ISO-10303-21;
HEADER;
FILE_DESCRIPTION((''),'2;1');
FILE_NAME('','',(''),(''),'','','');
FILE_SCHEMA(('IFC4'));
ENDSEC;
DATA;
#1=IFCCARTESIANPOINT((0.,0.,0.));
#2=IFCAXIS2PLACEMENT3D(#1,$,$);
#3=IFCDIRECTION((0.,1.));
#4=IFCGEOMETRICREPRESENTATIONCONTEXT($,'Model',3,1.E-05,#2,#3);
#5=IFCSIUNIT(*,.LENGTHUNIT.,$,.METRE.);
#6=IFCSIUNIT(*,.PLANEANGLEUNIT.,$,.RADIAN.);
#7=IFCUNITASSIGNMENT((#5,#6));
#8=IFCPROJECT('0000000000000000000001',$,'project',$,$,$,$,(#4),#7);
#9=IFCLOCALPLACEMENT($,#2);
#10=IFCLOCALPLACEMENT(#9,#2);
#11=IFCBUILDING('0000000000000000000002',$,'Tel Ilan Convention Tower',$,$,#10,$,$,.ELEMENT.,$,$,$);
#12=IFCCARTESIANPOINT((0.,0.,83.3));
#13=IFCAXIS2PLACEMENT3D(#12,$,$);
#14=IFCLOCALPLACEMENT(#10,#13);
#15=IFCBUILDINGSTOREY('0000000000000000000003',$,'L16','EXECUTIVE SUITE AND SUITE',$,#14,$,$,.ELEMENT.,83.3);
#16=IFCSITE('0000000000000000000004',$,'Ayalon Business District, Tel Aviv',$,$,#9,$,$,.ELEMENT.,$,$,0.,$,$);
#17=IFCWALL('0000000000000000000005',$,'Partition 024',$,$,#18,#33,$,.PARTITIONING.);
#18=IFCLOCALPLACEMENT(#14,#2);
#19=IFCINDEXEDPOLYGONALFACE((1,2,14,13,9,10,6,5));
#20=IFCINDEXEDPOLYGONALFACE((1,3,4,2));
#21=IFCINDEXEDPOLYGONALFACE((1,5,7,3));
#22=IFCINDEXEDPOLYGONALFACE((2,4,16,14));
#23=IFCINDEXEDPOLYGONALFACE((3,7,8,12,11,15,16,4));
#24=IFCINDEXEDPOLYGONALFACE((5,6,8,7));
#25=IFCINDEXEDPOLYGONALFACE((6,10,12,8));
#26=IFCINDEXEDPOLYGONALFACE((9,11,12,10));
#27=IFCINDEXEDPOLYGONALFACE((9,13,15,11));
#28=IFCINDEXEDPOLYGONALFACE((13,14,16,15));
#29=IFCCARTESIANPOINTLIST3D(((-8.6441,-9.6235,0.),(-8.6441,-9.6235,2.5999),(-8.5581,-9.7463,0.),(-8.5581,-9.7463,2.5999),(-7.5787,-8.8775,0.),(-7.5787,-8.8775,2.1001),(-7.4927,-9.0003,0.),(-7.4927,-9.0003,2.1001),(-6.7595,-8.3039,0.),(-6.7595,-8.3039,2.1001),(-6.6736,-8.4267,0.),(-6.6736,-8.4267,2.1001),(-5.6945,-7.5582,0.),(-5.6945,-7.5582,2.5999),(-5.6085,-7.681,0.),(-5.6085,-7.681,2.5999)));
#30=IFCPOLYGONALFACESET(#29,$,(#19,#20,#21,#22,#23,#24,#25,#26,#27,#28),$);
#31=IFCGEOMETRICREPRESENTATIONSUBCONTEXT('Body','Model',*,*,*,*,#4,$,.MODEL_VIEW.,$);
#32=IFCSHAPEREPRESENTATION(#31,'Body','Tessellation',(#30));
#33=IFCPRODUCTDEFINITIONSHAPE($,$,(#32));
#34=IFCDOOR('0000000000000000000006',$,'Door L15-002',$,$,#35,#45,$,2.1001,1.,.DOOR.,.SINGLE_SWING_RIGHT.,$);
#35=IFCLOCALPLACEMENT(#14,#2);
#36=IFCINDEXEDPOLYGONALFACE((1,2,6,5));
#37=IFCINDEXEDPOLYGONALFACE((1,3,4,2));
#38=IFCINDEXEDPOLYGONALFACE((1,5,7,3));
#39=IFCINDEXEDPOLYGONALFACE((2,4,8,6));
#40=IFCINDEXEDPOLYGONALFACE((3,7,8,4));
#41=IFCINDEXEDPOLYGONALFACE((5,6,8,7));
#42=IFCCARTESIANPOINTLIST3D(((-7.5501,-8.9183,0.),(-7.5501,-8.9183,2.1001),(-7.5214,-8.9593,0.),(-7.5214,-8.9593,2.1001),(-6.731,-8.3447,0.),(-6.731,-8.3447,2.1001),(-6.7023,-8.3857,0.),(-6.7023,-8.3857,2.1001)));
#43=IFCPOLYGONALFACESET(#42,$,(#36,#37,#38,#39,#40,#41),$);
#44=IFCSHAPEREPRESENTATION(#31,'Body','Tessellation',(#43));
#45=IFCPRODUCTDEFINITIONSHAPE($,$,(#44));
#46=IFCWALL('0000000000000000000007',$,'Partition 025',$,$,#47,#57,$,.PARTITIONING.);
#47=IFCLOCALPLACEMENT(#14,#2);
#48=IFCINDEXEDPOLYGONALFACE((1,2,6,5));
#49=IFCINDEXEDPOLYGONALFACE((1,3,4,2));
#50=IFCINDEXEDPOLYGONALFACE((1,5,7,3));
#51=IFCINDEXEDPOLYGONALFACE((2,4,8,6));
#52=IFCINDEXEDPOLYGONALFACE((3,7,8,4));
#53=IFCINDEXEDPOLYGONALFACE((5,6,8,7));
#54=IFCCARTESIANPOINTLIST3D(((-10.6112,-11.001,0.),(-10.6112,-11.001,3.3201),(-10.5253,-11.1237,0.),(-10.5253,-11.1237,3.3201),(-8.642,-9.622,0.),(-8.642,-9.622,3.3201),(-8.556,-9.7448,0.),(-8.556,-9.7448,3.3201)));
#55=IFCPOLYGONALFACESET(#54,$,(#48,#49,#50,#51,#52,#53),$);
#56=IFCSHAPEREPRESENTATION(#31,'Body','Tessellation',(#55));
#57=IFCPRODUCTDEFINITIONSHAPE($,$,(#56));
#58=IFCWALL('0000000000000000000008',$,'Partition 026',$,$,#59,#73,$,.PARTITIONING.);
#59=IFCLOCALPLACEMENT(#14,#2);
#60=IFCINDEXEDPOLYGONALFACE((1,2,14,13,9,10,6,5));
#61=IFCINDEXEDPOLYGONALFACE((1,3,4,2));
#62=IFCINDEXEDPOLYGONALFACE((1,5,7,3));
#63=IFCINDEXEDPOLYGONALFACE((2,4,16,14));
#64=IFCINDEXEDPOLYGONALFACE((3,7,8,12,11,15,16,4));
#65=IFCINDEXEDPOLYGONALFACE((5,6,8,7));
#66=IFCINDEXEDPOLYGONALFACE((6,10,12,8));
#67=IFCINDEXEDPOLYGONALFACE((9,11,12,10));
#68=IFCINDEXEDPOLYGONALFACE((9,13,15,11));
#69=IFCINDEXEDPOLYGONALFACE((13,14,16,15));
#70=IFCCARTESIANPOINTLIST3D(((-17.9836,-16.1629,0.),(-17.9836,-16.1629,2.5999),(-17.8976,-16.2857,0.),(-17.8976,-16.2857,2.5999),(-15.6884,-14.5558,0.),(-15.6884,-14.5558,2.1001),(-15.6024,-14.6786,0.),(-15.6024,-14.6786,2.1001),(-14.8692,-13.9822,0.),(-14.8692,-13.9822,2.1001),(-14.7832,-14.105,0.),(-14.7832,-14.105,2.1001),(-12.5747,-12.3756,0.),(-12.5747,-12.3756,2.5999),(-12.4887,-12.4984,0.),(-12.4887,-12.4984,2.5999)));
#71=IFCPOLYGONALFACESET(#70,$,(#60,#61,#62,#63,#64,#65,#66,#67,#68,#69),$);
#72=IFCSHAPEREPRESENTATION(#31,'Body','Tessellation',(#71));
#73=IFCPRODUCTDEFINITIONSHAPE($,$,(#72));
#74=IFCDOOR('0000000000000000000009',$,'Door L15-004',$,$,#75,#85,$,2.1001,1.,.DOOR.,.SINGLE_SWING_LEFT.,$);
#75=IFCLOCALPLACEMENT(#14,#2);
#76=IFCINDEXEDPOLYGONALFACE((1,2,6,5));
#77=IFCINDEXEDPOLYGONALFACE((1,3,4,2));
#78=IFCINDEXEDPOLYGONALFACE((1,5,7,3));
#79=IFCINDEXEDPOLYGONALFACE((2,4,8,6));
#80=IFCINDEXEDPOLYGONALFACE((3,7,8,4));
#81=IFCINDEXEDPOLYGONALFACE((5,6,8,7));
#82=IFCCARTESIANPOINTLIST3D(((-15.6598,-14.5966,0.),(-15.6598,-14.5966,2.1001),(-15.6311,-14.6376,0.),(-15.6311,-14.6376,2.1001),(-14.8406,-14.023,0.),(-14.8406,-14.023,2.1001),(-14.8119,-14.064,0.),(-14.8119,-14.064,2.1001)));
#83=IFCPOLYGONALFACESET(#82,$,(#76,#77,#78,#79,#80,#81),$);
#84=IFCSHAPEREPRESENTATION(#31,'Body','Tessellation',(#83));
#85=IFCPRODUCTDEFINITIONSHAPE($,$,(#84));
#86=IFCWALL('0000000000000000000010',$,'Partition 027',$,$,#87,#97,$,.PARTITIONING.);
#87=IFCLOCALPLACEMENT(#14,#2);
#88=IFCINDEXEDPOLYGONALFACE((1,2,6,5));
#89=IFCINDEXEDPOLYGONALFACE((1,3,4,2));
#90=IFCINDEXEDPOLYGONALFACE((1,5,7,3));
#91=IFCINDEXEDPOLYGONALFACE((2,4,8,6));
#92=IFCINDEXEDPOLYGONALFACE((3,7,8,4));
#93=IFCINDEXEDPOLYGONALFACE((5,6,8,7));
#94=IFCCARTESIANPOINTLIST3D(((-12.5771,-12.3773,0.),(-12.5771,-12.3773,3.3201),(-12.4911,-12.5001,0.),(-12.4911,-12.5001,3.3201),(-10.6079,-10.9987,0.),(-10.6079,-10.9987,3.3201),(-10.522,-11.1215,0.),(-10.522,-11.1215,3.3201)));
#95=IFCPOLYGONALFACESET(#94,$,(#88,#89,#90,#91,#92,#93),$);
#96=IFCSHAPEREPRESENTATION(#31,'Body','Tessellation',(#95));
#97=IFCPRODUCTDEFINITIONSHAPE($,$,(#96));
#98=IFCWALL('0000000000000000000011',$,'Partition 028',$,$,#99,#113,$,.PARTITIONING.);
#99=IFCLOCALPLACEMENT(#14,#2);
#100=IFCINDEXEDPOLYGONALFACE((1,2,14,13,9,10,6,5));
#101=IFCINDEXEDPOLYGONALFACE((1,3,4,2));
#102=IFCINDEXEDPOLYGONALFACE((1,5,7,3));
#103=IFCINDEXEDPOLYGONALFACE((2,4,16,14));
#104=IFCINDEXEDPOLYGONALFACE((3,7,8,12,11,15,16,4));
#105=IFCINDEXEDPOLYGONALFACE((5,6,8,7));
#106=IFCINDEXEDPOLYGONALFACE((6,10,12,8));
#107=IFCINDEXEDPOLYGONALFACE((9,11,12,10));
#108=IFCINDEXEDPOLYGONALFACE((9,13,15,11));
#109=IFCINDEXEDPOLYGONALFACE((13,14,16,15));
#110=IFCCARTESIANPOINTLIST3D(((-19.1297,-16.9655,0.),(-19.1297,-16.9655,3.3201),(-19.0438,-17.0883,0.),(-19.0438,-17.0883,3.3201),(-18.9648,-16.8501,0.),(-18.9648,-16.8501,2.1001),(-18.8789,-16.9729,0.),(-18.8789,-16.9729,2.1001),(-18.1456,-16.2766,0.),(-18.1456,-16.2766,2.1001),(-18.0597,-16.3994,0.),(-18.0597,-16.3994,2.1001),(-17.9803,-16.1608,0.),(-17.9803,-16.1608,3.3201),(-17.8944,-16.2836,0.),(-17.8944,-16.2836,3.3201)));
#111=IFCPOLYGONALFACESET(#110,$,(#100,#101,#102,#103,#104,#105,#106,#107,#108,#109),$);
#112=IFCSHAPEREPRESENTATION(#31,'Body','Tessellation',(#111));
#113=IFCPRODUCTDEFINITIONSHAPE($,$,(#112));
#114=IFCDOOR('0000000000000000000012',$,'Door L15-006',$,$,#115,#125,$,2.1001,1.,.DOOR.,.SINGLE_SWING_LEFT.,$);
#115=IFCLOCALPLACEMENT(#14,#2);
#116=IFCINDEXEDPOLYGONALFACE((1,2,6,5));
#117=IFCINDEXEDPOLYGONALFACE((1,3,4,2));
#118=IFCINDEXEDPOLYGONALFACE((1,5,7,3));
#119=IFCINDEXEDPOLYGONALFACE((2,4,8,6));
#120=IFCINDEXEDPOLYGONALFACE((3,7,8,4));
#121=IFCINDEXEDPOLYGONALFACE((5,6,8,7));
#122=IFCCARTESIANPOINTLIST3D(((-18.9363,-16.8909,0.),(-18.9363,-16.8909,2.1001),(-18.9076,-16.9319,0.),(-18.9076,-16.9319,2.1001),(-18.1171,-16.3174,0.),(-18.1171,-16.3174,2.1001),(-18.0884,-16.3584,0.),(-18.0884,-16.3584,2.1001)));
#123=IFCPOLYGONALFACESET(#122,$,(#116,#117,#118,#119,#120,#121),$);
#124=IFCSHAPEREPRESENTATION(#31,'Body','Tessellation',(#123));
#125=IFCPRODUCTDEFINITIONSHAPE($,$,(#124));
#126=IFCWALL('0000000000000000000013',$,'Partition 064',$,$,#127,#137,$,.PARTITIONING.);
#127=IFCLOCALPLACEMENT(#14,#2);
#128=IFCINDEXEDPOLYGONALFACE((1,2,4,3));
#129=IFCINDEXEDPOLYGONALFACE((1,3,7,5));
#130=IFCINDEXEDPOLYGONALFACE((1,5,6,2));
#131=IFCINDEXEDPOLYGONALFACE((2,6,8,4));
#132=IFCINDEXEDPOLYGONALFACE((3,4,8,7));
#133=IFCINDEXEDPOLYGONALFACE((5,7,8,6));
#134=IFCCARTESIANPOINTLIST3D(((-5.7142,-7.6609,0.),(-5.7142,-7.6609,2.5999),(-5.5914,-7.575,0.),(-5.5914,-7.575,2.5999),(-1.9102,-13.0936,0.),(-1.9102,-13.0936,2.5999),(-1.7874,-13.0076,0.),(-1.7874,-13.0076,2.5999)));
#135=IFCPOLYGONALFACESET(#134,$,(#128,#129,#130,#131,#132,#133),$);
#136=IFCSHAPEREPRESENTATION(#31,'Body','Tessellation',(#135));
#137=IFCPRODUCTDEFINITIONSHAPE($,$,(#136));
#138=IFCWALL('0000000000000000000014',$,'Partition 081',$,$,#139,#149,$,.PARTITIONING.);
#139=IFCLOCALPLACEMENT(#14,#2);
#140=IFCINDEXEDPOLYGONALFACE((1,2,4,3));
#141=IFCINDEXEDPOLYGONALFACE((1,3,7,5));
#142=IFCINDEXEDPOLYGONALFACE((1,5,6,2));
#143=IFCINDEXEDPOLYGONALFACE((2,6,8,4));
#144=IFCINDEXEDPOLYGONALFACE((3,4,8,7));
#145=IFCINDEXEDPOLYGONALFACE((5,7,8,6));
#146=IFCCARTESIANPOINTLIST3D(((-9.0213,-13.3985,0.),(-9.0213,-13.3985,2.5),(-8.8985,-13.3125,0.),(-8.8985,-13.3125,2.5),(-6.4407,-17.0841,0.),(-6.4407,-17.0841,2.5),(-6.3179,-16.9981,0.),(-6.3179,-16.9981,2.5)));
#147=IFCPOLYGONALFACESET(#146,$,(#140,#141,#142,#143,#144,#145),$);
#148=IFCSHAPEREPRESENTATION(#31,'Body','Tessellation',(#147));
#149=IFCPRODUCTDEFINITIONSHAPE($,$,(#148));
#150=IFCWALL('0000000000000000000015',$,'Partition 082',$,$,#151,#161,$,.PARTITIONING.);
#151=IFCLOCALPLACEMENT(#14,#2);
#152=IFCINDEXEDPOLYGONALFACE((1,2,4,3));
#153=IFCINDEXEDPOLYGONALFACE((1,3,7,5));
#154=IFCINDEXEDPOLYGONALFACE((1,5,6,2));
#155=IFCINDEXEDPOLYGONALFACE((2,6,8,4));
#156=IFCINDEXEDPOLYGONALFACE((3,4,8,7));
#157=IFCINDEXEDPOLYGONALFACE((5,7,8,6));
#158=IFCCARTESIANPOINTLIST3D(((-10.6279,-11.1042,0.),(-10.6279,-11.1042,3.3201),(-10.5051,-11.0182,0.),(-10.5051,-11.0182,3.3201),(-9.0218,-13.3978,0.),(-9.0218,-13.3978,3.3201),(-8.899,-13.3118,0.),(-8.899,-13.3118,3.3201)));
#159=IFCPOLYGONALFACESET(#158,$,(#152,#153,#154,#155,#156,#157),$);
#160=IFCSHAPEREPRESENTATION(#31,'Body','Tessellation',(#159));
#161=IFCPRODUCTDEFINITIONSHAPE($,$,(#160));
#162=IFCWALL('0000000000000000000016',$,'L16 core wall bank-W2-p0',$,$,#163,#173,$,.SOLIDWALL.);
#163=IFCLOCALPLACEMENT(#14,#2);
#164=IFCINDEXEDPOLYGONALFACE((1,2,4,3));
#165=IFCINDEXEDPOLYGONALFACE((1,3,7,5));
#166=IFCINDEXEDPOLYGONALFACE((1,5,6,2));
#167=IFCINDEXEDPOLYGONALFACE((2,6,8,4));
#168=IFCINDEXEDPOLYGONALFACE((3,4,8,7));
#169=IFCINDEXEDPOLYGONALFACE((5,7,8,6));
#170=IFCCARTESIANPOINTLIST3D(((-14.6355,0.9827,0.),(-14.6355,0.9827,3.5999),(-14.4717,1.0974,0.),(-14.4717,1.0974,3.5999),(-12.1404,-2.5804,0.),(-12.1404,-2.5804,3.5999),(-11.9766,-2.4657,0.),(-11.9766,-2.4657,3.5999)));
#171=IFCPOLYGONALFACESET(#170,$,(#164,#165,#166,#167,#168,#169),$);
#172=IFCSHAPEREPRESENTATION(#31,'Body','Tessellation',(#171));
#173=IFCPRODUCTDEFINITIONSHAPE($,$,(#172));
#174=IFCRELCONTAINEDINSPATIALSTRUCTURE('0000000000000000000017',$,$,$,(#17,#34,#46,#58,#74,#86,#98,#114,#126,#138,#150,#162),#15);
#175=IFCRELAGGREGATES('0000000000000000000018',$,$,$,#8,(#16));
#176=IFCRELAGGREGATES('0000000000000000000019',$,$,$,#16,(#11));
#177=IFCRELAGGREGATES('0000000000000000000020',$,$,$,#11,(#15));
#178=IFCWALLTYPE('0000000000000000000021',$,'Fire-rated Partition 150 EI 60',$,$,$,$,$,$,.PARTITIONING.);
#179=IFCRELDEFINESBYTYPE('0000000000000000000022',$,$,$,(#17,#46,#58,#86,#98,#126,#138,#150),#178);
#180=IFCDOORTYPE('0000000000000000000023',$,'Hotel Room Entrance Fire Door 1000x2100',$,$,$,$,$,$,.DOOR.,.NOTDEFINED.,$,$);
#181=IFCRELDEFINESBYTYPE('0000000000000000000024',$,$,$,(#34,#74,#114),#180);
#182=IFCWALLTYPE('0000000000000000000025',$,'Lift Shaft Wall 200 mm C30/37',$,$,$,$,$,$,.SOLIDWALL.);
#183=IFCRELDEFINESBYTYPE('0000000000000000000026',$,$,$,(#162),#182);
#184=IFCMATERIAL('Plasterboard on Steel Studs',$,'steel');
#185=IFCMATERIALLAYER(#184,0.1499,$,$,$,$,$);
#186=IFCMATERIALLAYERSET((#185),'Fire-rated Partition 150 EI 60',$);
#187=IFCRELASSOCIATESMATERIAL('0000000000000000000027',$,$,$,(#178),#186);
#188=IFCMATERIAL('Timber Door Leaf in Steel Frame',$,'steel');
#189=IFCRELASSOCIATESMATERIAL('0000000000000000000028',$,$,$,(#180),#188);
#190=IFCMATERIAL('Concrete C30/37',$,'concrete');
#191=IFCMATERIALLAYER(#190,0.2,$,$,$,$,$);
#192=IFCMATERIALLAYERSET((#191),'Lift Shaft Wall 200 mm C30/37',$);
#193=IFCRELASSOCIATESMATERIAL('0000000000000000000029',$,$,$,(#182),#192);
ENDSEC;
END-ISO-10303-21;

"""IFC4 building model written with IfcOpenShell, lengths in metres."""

from ifc_helpers import new_model, si_unit, direction, frame, frame_2d, origin, place, context, subcontext, project, spatial, rectangle, extrude, material, layer, layer_set, type_object, element, fill, save


model = new_model("IFC4")

# Units and contexts
model_context = context("Model", 3, precision=1e-05, world=origin(), true_north=direction((0.0, 1.0)))
body_context = subcontext(model_context, "Body", "Model", "MODEL_VIEW")
ifc_project = project(units=[si_unit("LENGTHUNIT", "METRE"), si_unit("PLANEANGLEUNIT", "RADIAN")], contexts=[model_context])

# Site, building, storey
site_placement = place(None, origin())
site = spatial("IfcSite", under=ifc_project, at=site_placement, Name="Ayalon Business District, Tel Aviv", CompositionType="ELEMENT", RefElevation=0.0)
building_placement = place(site_placement, origin())
building = spatial("IfcBuilding", under=site, at=building_placement, Name="Tel Ilan Convention Tower", CompositionType="ELEMENT")
storey_placement = place(building_placement, frame((0.0, 0.0, 83.3)))
storey = spatial("IfcBuildingStorey", under=building, at=storey_placement, Name="L16", Description="EXECUTIVE SUITE AND SUITE", CompositionType="ELEMENT", Elevation=83.3)

# Wall, opening, door
ifc_material_1 = material(Name="Plasterboard on Steel Studs", Category="steel")
ifc_layer_1 = layer(ifc_material_1, 0.1499)
ifc_layer_set_1 = layer_set([ifc_layer_1], Name="Fire-rated Partition 150 EI 60")
wall_type_1 = type_object("IfcWallType", Name="Fire-rated Partition 150 EI 60", PredefinedType="PARTITIONING", material=ifc_layer_set_1)
wall_1_placement = place(storey_placement, frame((-5.6516, -7.6196, 0.0), z_axis=(0.0, 0.0, 1.0), x_axis=(-0.819149, -0.573581, 0.0)))
wall_1 = element("IfcWall", 1, at=wall_1_placement, inside=storey, type_object=wall_type_1, Name="Partition 024", PredefinedType="PARTITIONING", context=body_context, shape_type="SweptSolid", body=[
    extrude(rectangle(XDim=3.6008, YDim=0.1499, at=frame_2d((1.8003, 0.0))), origin(), (0.0, 0.0, 1.0), 2.5999),
])
opening_1_placement = place(wall_1_placement, frame((1.3, 0.0, 0.0)))
opening_1 = element("IfcOpeningElement", 2, at=opening_1_placement, cuts=wall_1, PredefinedType="OPENING", context=body_context, shape_type="SweptSolid", body=[
    extrude(rectangle(XDim=1.0, YDim=2.1001, at=frame_2d((0.5, 1.05))), frame((0.0, 0.085, 0.0), z_axis=(0.0, -1.0, 0.0), x_axis=(1.0, 0.0, 0.0)), (0.0, 0.0, 1.0), 0.1699),
])
ifc_material_2 = material(Name="Timber Door Leaf in Steel Frame", Category="steel")
door_type_1 = type_object("IfcDoorType", Name="Hotel Room Entrance Fire Door 1000x2100", OperationType="NOTDEFINED", PredefinedType="DOOR", material=ifc_material_2)
door_1_placement = place(opening_1_placement, origin())
door_1 = element("IfcDoor", 3, at=door_1_placement, inside=storey, type_object=door_type_1, Name="Door L15-002", OperationType="SINGLE_SWING_RIGHT", OverallHeight=2.1001, OverallWidth=1.0, PredefinedType="DOOR", context=body_context, shape_type="SweptSolid", body=[
    extrude(rectangle(XDim=1.0, YDim=2.1001, at=frame_2d((0.5, 1.05))), frame((0.0, 0.0249, 0.0), z_axis=(0.0, -1.0, 0.0), x_axis=(1.0, 0.0, 0.0)), (0.0, 0.0, 1.0), 0.05),
])
fill(opening_1, door_1)

# Wall
wall_2_placement = place(storey_placement, frame((-8.5989, -9.6833, 0.0), z_axis=(0.0, 0.0, 1.0), x_axis=(-0.819146, -0.573585, 0.0)))
element("IfcWall", 4, at=wall_2_placement, inside=storey, type_object=wall_type_1, Name="Partition 025", PredefinedType="PARTITIONING", context=body_context, shape_type="SweptSolid", body=[
    extrude(rectangle(XDim=2.4041, YDim=0.1499, at=frame_2d((1.2021, 0.0))), origin(), (0.0, 0.0, 1.0), 3.3201),
])

# Wall, opening, door
wall_3_placement = place(storey_placement, frame((-12.5317, -12.437, 0.0), z_axis=(0.0, 0.0, 1.0), x_axis=(-0.819154, -0.573574, 0.0)))
wall_3 = element("IfcWall", 5, at=wall_3_placement, inside=storey, type_object=wall_type_1, Name="Partition 026", PredefinedType="PARTITIONING", context=body_context, shape_type="SweptSolid", body=[
    extrude(rectangle(XDim=6.603, YDim=0.1499, at=frame_2d((3.3015, 0.0))), origin(), (0.0, 0.0, 1.0), 2.5999),
])
opening_2_placement = place(wall_3_placement, frame((2.801, 0.0, 0.0)))
opening_2 = element("IfcOpeningElement", 6, at=opening_2_placement, cuts=wall_3, PredefinedType="OPENING", context=body_context, shape_type="SweptSolid", body=[
    extrude(rectangle(XDim=1.0, YDim=2.1001, at=frame_2d((0.5, 1.05))), frame((0.0, 0.085, 0.0), z_axis=(0.0, -1.0, 0.0), x_axis=(1.0, 0.0, 0.0)), (0.0, 0.0, 1.0), 0.1699),
])
door_2_placement = place(opening_2_placement, origin())
door_2 = element("IfcDoor", 7, at=door_2_placement, inside=storey, type_object=door_type_1, Name="Door L15-004", OperationType="SINGLE_SWING_LEFT", OverallHeight=2.1001, OverallWidth=1.0, PredefinedType="DOOR", context=body_context, shape_type="SweptSolid", body=[
    extrude(rectangle(XDim=1.0, YDim=2.1001, at=frame_2d((0.5, 1.05))), frame((0.0, 0.0249, 0.0), z_axis=(0.0, -1.0, 0.0), x_axis=(1.0, 0.0, 0.0)), (0.0, 0.0, 1.0), 0.05),
])
fill(opening_2, door_2)

# Wall
wall_4_placement = place(storey_placement, frame((-10.5649, -11.0601, 0.0), z_axis=(0.0, 0.0, 1.0), x_axis=(-0.819194, -0.573517, 0.0)))
element("IfcWall", 8, at=wall_4_placement, inside=storey, type_object=wall_type_1, Name="Partition 027", PredefinedType="PARTITIONING", context=body_context, shape_type="SweptSolid", body=[
    extrude(rectangle(XDim=2.4038, YDim=0.1499, at=frame_2d((1.2019, 0.0))), origin(), (0.0, 0.0, 1.0), 3.3201),
])

# Wall, opening, door
wall_5_placement = place(storey_placement, frame((-17.9373, -16.2222, 0.0), z_axis=(0.0, 0.0, 1.0), x_axis=(-0.819199, -0.573509, 0.0)))
wall_5 = element("IfcWall", 9, at=wall_5_placement, inside=storey, type_object=wall_type_1, Name="Partition 028", PredefinedType="PARTITIONING", context=body_context, shape_type="SweptSolid", body=[
    extrude(rectangle(XDim=1.4031, YDim=0.1499, at=frame_2d((0.7017, 0.0))), origin(), (0.0, 0.0, 1.0), 3.3201),
])
opening_3_placement = place(wall_5_placement, frame((0.2019, 0.0, 0.0)))
opening_3 = element("IfcOpeningElement", 10, at=opening_3_placement, cuts=wall_5, PredefinedType="OPENING", context=body_context, shape_type="SweptSolid", body=[
    extrude(rectangle(XDim=1.0, YDim=2.1001, at=frame_2d((0.5, 1.05))), frame((0.0, 0.085, 0.0), z_axis=(0.0, -1.0, 0.0), x_axis=(1.0, 0.0, 0.0)), (0.0, 0.0, 1.0), 0.1699),
])
door_3_placement = place(opening_3_placement, origin())
door_3 = element("IfcDoor", 11, at=door_3_placement, inside=storey, type_object=door_type_1, Name="Door L15-006", OperationType="SINGLE_SWING_LEFT", OverallHeight=2.1001, OverallWidth=1.0, PredefinedType="DOOR", context=body_context, shape_type="SweptSolid", body=[
    extrude(rectangle(XDim=1.0, YDim=2.1001, at=frame_2d((0.5, 1.05))), frame((0.0, 0.0249, 0.0), z_axis=(0.0, -1.0, 0.0), x_axis=(1.0, 0.0, 0.0)), (0.0, 0.0, 1.0), 0.05),
])
fill(opening_3, door_3)

# Walls
wall_6_placement = place(storey_placement, frame((-1.8489, -13.0505, 0.0), z_axis=(0.0, 0.0, 1.0), x_axis=(-0.573576, 0.819152, 0.0)))
element("IfcWall", 12, at=wall_6_placement, inside=storey, type_object=wall_type_1, Name="Partition 064", PredefinedType="PARTITIONING", context=body_context, shape_type="SweptSolid", body=[
    extrude(rectangle(XDim=6.6321, YDim=0.1499, at=frame_2d((3.3159, 0.0))), origin(), (0.0, 0.0, 1.0), 2.5999),
])
wall_7_placement = place(storey_placement, frame((-6.3794, -17.041, 0.0), z_axis=(0.0, 0.0, 1.0), x_axis=(-0.573564, 0.819161, 0.0)))
element("IfcWall", 13, at=wall_7_placement, inside=storey, type_object=wall_type_1, Name="Partition 081", PredefinedType="PARTITIONING", context=body_context, shape_type="SweptSolid", body=[
    extrude(rectangle(XDim=4.4993, YDim=0.1499, at=frame_2d((2.2495, 0.0))), origin(), (0.0, 0.0, 1.0), 2.5),
])
wall_8_placement = place(storey_placement, frame((-8.9604, -13.3547, 0.0), z_axis=(0.0, 0.0, 1.0), x_axis=(-0.573609, 0.81913, 0.0)))
element("IfcWall", 14, at=wall_8_placement, inside=storey, type_object=wall_type_1, Name="Partition 082", PredefinedType="PARTITIONING", context=body_context, shape_type="SweptSolid", body=[
    extrude(rectangle(XDim=2.8, YDim=0.1499, at=frame_2d((1.3999, 0.0))), origin(), (0.0, 0.0, 1.0), 3.3201),
])
ifc_material_3 = material(Name="Concrete C30/37", Category="concrete")
ifc_layer_2 = layer(ifc_material_3, 0.2)
ifc_layer_set_2 = layer_set([ifc_layer_2], Name="Lift Shaft Wall 200 mm C30/37")
wall_type_2 = type_object("IfcWallType", Name="Lift Shaft Wall 200 mm C30/37", PredefinedType="SOLIDWALL", material=ifc_layer_set_2)
wall_9_placement = place(storey_placement, frame((-12.0586, -2.5229, 0.0), z_axis=(0.0, 0.0, 1.0), x_axis=(-0.573594, 0.81914, 0.0)))
element("IfcWall", 15, at=wall_9_placement, inside=storey, type_object=wall_type_2, Name="L16 core wall bank-W2-p0", PredefinedType="SOLIDWALL", context=body_context, shape_type="SweptSolid", body=[
    extrude(rectangle(XDim=4.3499, YDim=0.2, at=frame_2d((2.1748, 0.0))), origin(), (0.0, 0.0, 1.0), 3.5999),
])

save(model, "model.ifc")
